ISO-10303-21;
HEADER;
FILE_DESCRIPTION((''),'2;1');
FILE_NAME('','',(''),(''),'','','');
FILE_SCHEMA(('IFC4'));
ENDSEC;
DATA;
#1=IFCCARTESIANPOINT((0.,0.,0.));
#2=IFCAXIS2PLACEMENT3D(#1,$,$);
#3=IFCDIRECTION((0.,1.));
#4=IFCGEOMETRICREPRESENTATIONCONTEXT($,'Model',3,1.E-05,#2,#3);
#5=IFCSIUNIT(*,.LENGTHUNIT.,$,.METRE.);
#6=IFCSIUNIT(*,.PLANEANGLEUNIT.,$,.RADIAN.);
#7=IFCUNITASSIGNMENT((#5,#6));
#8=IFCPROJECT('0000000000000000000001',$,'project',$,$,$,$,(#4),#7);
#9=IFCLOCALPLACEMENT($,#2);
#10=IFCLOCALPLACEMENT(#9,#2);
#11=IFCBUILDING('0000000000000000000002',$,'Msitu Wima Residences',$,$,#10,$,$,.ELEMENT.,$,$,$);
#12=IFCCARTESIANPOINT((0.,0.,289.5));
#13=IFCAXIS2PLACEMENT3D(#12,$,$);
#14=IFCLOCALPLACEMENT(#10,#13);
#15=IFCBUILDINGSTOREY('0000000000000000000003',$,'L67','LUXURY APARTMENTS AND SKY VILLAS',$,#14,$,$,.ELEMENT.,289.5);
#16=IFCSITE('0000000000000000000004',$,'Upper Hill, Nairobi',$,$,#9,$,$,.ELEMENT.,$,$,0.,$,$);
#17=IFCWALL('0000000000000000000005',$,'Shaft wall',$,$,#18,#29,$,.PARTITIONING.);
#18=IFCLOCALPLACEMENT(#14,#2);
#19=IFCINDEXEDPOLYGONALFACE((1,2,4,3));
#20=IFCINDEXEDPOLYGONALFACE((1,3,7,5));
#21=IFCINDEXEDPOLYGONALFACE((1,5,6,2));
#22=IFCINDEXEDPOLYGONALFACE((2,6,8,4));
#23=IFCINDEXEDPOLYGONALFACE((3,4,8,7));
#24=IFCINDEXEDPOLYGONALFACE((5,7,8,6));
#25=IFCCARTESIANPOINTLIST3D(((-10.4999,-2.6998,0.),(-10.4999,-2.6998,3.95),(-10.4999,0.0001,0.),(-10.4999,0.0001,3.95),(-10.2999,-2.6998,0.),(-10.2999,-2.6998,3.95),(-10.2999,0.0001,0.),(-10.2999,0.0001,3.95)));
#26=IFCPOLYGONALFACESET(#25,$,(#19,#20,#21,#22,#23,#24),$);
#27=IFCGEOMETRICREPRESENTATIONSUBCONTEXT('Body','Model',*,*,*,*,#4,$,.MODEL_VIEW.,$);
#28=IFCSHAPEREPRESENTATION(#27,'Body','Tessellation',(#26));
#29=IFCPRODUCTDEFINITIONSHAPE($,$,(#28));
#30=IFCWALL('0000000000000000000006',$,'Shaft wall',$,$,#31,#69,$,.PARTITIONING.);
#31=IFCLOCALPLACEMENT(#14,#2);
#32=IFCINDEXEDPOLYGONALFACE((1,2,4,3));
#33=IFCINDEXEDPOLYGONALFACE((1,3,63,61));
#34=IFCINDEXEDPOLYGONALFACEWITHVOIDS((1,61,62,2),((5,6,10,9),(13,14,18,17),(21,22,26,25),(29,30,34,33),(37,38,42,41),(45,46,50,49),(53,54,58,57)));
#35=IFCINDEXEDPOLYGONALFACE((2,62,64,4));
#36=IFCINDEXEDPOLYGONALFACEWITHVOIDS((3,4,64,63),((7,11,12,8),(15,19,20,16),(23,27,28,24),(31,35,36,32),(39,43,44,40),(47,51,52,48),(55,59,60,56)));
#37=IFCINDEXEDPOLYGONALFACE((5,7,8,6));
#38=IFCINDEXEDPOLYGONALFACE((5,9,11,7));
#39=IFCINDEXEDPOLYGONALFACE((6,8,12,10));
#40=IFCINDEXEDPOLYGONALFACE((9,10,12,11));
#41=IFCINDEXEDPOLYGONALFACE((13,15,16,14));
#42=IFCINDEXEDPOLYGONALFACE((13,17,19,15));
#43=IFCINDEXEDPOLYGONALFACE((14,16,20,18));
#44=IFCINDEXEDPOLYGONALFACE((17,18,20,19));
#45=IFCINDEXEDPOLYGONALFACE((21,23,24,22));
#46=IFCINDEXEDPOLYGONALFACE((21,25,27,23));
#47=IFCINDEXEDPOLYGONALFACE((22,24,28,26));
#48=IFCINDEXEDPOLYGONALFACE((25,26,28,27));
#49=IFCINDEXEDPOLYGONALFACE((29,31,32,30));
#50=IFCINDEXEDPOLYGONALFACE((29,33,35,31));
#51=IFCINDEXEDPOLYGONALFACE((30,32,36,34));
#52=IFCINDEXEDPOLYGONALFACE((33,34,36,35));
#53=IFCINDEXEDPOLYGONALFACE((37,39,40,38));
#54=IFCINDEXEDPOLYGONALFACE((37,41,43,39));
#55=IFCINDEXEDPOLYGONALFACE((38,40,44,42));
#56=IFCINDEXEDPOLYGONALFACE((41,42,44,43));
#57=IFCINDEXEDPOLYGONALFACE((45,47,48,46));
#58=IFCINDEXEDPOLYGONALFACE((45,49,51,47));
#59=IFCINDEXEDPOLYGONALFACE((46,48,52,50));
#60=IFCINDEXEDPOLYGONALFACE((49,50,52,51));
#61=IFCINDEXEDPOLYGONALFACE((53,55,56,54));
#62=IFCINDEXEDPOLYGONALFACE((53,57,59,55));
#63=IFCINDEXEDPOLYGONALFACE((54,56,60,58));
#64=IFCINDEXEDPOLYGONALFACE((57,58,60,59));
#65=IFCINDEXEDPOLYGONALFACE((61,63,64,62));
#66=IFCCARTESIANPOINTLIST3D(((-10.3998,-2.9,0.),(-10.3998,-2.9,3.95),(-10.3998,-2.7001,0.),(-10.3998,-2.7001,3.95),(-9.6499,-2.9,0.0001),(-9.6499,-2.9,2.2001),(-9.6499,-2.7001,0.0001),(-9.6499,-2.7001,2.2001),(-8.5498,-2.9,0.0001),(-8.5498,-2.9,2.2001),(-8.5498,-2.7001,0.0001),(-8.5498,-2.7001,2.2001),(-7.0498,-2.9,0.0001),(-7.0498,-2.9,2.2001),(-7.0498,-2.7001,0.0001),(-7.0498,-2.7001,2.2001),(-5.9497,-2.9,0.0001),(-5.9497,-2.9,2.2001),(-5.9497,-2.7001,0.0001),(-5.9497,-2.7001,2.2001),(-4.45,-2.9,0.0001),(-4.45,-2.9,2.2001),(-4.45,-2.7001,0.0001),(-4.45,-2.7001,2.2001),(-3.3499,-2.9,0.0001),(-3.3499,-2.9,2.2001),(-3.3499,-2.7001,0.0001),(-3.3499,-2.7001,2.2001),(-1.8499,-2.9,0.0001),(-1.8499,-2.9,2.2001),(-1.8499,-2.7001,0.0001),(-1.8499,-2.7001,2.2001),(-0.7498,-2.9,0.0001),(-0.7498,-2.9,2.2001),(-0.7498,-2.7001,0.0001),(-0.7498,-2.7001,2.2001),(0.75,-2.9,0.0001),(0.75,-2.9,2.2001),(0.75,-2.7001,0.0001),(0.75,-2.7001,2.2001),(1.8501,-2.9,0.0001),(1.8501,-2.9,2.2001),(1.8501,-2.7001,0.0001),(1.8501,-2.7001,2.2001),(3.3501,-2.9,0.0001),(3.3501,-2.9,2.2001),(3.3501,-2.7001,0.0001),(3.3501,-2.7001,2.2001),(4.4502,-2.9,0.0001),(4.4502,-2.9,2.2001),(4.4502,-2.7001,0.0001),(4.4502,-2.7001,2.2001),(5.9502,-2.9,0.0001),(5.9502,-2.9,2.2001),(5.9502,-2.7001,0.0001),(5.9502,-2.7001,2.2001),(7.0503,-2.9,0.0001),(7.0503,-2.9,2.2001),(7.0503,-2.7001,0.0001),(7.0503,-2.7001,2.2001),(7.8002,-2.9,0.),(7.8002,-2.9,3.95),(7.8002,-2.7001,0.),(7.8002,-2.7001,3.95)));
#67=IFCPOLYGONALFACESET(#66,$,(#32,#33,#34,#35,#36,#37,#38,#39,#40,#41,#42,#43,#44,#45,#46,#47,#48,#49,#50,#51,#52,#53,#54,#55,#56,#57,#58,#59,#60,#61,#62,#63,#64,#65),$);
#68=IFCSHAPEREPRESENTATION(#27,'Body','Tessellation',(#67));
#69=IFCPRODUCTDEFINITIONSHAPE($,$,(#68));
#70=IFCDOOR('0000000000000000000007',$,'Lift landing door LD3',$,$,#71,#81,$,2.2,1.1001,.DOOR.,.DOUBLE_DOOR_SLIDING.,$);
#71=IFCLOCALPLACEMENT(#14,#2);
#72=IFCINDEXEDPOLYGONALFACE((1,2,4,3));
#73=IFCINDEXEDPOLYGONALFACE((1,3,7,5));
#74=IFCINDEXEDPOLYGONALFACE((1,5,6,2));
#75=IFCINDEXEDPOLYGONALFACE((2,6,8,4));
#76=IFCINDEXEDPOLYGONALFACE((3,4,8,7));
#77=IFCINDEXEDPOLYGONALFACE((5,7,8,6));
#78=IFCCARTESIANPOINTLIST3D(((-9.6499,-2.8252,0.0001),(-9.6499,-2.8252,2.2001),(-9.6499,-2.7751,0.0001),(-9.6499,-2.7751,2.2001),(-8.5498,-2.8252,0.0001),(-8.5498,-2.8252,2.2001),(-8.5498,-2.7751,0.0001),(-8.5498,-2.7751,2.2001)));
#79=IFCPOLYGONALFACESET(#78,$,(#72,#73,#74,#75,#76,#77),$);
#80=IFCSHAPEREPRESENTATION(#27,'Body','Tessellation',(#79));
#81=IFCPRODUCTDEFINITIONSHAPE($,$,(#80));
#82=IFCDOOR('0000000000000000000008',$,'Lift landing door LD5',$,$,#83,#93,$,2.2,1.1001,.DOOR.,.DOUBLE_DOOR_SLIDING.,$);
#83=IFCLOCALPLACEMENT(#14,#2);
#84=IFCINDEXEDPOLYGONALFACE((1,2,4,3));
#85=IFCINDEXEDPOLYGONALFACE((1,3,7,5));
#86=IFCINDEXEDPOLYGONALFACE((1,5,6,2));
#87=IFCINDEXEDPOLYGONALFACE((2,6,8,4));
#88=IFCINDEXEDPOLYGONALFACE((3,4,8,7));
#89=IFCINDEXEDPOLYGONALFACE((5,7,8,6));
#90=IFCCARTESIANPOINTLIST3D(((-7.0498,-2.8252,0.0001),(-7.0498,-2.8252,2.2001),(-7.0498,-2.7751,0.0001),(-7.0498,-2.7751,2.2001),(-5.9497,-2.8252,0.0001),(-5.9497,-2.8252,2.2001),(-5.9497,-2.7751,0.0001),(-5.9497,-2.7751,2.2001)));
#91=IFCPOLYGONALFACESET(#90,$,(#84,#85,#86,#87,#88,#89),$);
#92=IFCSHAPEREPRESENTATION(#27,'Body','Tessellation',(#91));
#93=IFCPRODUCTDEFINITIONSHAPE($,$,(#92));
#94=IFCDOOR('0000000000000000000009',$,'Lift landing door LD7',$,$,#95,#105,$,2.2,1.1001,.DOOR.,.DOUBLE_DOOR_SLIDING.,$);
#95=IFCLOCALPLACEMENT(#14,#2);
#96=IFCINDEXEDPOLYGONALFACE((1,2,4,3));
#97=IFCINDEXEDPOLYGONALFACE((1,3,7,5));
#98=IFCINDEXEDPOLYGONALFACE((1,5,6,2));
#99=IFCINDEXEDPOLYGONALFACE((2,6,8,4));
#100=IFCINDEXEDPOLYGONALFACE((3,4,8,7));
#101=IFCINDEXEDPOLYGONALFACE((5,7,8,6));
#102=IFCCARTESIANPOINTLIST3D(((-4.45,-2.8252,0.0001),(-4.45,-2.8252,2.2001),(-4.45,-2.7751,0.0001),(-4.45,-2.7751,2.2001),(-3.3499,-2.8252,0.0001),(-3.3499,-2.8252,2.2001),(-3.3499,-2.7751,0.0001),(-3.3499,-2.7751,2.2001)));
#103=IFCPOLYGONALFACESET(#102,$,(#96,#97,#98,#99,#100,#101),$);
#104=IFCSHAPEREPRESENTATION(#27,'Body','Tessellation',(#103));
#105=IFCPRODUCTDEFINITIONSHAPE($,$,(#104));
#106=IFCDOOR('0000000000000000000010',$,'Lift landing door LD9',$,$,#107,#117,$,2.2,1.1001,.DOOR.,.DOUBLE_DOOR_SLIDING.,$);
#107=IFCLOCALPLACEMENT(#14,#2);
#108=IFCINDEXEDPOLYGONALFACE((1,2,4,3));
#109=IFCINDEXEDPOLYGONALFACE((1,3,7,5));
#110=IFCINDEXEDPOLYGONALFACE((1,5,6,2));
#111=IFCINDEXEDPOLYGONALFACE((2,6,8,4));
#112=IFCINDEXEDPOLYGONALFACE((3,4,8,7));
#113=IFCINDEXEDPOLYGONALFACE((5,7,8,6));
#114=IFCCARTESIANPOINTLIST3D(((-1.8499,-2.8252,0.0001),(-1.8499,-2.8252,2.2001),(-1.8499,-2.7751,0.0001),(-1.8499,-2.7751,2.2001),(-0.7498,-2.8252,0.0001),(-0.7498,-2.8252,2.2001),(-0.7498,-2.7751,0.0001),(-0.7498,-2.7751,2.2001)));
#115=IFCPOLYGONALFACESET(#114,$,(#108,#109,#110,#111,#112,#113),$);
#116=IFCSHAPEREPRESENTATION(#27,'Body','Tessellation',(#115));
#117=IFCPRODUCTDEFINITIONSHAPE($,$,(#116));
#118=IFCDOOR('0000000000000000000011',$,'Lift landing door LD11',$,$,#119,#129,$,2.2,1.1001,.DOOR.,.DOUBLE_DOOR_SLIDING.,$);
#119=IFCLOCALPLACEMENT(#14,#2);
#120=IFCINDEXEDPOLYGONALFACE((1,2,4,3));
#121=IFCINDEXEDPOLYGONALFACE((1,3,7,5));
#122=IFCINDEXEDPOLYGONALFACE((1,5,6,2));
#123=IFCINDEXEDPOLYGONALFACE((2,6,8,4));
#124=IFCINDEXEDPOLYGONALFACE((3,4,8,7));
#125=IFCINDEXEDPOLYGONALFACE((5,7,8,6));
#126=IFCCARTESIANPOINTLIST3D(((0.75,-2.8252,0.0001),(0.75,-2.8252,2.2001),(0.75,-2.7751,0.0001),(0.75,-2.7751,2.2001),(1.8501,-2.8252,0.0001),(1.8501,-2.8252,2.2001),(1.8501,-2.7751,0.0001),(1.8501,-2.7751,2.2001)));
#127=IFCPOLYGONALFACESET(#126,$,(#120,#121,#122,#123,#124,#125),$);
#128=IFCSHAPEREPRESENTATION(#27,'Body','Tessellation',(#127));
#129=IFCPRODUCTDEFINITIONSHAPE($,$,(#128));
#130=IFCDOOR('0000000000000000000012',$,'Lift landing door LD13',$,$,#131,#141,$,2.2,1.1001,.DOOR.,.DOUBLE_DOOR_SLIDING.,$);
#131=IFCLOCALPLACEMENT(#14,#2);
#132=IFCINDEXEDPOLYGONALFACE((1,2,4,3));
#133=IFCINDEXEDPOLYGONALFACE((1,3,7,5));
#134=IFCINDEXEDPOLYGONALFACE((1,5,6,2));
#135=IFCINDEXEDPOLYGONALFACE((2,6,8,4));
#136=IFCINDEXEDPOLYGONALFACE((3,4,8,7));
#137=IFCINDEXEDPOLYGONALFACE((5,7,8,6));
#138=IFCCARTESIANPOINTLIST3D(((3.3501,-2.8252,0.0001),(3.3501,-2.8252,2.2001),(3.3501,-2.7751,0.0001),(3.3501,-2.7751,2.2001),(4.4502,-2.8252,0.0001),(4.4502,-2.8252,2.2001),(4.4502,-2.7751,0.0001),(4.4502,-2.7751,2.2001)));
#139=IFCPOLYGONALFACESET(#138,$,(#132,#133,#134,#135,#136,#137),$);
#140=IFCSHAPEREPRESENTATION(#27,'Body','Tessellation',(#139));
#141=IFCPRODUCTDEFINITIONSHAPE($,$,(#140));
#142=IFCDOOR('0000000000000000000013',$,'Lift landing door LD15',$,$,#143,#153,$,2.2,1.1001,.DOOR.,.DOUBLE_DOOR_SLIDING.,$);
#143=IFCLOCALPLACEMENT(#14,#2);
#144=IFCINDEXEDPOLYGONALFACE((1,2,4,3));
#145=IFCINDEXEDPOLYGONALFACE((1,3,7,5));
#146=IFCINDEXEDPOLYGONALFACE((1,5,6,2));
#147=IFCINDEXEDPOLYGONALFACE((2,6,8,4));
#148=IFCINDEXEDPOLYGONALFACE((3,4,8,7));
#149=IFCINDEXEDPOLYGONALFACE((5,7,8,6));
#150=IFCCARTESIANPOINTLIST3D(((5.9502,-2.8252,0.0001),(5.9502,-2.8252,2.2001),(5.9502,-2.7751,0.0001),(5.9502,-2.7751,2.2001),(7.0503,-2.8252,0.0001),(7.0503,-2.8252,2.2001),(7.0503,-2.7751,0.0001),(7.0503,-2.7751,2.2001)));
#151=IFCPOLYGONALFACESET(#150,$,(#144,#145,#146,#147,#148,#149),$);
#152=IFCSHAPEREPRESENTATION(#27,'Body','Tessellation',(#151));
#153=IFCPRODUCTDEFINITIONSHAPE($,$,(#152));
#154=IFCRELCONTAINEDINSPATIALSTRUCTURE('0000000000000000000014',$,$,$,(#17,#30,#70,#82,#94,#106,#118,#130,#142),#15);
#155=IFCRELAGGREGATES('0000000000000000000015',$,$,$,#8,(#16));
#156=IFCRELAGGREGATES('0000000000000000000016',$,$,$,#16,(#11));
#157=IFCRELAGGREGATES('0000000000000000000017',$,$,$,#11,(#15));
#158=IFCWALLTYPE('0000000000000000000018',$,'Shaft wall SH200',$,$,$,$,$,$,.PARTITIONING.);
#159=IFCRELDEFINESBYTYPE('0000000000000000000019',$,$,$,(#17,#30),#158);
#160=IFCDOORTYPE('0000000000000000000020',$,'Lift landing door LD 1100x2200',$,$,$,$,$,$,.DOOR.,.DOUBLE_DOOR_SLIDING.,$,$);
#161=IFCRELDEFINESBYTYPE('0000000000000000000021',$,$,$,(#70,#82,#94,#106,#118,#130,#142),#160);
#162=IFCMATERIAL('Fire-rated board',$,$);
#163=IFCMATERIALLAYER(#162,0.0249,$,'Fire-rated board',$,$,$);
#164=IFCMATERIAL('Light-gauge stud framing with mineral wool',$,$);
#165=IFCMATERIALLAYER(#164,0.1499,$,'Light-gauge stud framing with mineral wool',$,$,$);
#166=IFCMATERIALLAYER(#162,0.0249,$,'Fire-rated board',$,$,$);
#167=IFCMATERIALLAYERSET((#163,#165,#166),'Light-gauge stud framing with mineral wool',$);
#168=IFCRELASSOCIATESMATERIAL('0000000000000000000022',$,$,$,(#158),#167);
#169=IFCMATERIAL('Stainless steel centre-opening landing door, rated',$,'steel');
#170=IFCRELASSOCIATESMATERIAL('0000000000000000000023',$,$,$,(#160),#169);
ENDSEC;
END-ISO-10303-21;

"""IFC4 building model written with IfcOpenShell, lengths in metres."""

from ifc_helpers import new_model, si_unit, direction, frame, frame_2d, origin, place, context, subcontext, project, spatial, rectangle, extrude, material, layer, layer_set, type_object, element, fill, save


model = new_model("IFC4")

# Units and contexts
model_context = context("Model", 3, precision=1e-05, world=origin(), true_north=direction((0.0, 1.0)))
body_context = subcontext(model_context, "Body", "Model", "MODEL_VIEW")
ifc_project = project(units=[si_unit("LENGTHUNIT", "METRE"), si_unit("PLANEANGLEUNIT", "RADIAN")], contexts=[model_context])

# Site, building, storey
site_placement = place(None, origin())
site = spatial("IfcSite", under=ifc_project, at=site_placement, Name="Upper Hill, Nairobi", CompositionType="ELEMENT", RefElevation=0.0)
building_placement = place(site_placement, origin())
building = spatial("IfcBuilding", under=site, at=building_placement, Name="Msitu Wima Residences", CompositionType="ELEMENT")
storey_placement = place(building_placement, frame((0.0, 0.0, 289.5)))
storey = spatial("IfcBuildingStorey", under=building, at=storey_placement, Name="L67", Description="LUXURY APARTMENTS AND SKY VILLAS", CompositionType="ELEMENT", Elevation=289.5)

# Wall
ifc_material_1 = material(Name="Fire-rated board")
ifc_layer_1 = layer(ifc_material_1, 0.0249, Name="Fire-rated board")
ifc_material_2 = material(Name="Light-gauge stud framing with mineral wool")
ifc_layer_2 = layer(ifc_material_2, 0.1499, Name="Light-gauge stud framing with mineral wool")
ifc_layer_3 = layer(ifc_material_1, 0.0249, Name="Fire-rated board")
ifc_layer_set = layer_set([ifc_layer_1, ifc_layer_2, ifc_layer_3], Name="Light-gauge stud framing with mineral wool")
wall_type = type_object("IfcWallType", Name="Shaft wall SH200", PredefinedType="PARTITIONING", material=ifc_layer_set)
wall_1_placement = place(storey_placement, frame((-10.3999, -2.7, 0.0), z_axis=(0.0, 0.0, 1.0), x_axis=(0.0, 1.0, 0.0)))
element("IfcWall", 1, at=wall_1_placement, inside=storey, type_object=wall_type, Name="Shaft wall", PredefinedType="PARTITIONING", context=body_context, shape_type="SweptSolid", body=[
    extrude(rectangle(XDim=2.7, YDim=0.2, at=frame_2d((1.3501, 0.0))), origin(), (0.0, 0.0, 1.0), 3.95),
])

# Wall, openings, doors
wall_2_placement = place(storey_placement, frame((-10.3999, -2.8, 0.0), z_axis=(0.0, 0.0, 1.0), x_axis=(1.0, 0.0, 0.0)))
wall_2 = element("IfcWall", 2, at=wall_2_placement, inside=storey, type_object=wall_type, Name="Shaft wall", PredefinedType="PARTITIONING", context=body_context, shape_type="SweptSolid", body=[
    extrude(rectangle(XDim=18.2, YDim=0.2, at=frame_2d((9.1001, 0.0))), origin(), (0.0, 0.0, 1.0), 3.95),
])
opening_1_placement = place(wall_2_placement, frame((0.75, 0.0, 0.0)))
opening_1 = element("IfcOpeningElement", 3, at=opening_1_placement, cuts=wall_2, PredefinedType="OPENING", context=body_context, shape_type="SweptSolid", body=[
    extrude(rectangle(XDim=1.1001, YDim=2.2, at=frame_2d((0.55, 1.1001))), frame((0.0, 0.1099, 0.0), z_axis=(0.0, -1.0, 0.0), x_axis=(1.0, 0.0, 0.0)), (0.0, 0.0, 1.0), 0.22),
])
opening_2_placement = place(wall_2_placement, frame((3.3501, 0.0, 0.0)))
opening_2 = element("IfcOpeningElement", 4, at=opening_2_placement, cuts=wall_2, PredefinedType="OPENING", context=body_context, shape_type="SweptSolid", body=[
    extrude(rectangle(XDim=1.1001, YDim=2.2, at=frame_2d((0.55, 1.1001))), frame((0.0, 0.1099, 0.0), z_axis=(0.0, -1.0, 0.0), x_axis=(1.0, 0.0, 0.0)), (0.0, 0.0, 1.0), 0.22),
])
opening_3_placement = place(wall_2_placement, frame((5.95, 0.0, 0.0)))
opening_3 = element("IfcOpeningElement", 5, at=opening_3_placement, cuts=wall_2, PredefinedType="OPENING", context=body_context, shape_type="SweptSolid", body=[
    extrude(rectangle(XDim=1.1001, YDim=2.2, at=frame_2d((0.55, 1.1001))), frame((0.0, 0.1099, 0.0), z_axis=(0.0, -1.0, 0.0), x_axis=(1.0, 0.0, 0.0)), (0.0, 0.0, 1.0), 0.22),
])
opening_4_placement = place(wall_2_placement, frame((8.55, 0.0, 0.0)))
opening_4 = element("IfcOpeningElement", 6, at=opening_4_placement, cuts=wall_2, PredefinedType="OPENING", context=body_context, shape_type="SweptSolid", body=[
    extrude(rectangle(XDim=1.1001, YDim=2.2, at=frame_2d((0.55, 1.1001))), frame((0.0, 0.1099, 0.0), z_axis=(0.0, -1.0, 0.0), x_axis=(1.0, 0.0, 0.0)), (0.0, 0.0, 1.0), 0.22),
])
opening_5_placement = place(wall_2_placement, frame((11.1499, 0.0, 0.0)))
opening_5 = element("IfcOpeningElement", 7, at=opening_5_placement, cuts=wall_2, PredefinedType="OPENING", context=body_context, shape_type="SweptSolid", body=[
    extrude(rectangle(XDim=1.1001, YDim=2.2, at=frame_2d((0.55, 1.1001))), frame((0.0, 0.1099, 0.0), z_axis=(0.0, -1.0, 0.0), x_axis=(1.0, 0.0, 0.0)), (0.0, 0.0, 1.0), 0.22),
])
opening_6_placement = place(wall_2_placement, frame((13.75, 0.0, 0.0)))
opening_6 = element("IfcOpeningElement", 8, at=opening_6_placement, cuts=wall_2, PredefinedType="OPENING", context=body_context, shape_type="SweptSolid", body=[
    extrude(rectangle(XDim=1.1001, YDim=2.2, at=frame_2d((0.55, 1.1001))), frame((0.0, 0.1099, 0.0), z_axis=(0.0, -1.0, 0.0), x_axis=(1.0, 0.0, 0.0)), (0.0, 0.0, 1.0), 0.22),
])
opening_7_placement = place(wall_2_placement, frame((16.3501, 0.0, 0.0)))
opening_7 = element("IfcOpeningElement", 9, at=opening_7_placement, cuts=wall_2, PredefinedType="OPENING", context=body_context, shape_type="SweptSolid", body=[
    extrude(rectangle(XDim=1.1001, YDim=2.2, at=frame_2d((0.55, 1.1001))), frame((0.0, 0.1099, 0.0), z_axis=(0.0, -1.0, 0.0), x_axis=(1.0, 0.0, 0.0)), (0.0, 0.0, 1.0), 0.22),
])
ifc_material_3 = material(Name="Stainless steel centre-opening landing door, rated", Category="steel")
door_type = type_object("IfcDoorType", Name="Lift landing door LD 1100x2200", OperationType="DOUBLE_DOOR_SLIDING", PredefinedType="DOOR", material=ifc_material_3)
door_1_placement = place(opening_1_placement, origin())
door_1 = element("IfcDoor", 10, at=door_1_placement, inside=storey, type_object=door_type, Name="Lift landing door LD3", OperationType="DOUBLE_DOOR_SLIDING", OverallHeight=2.2, OverallWidth=1.1001, PredefinedType="DOOR", context=body_context, shape_type="SweptSolid", body=[
    extrude(rectangle(XDim=1.1001, YDim=2.2, at=frame_2d((0.55, 1.1001))), frame((0.0, 0.0249, 0.0), z_axis=(0.0, -1.0, 0.0), x_axis=(1.0, 0.0, 0.0)), (0.0, 0.0, 1.0), 0.05),
])
fill(opening_1, door_1)
door_2_placement = place(opening_2_placement, origin())
door_2 = element("IfcDoor", 11, at=door_2_placement, inside=storey, type_object=door_type, Name="Lift landing door LD5", OperationType="DOUBLE_DOOR_SLIDING", OverallHeight=2.2, OverallWidth=1.1001, PredefinedType="DOOR", context=body_context, shape_type="SweptSolid", body=[
    extrude(rectangle(XDim=1.1001, YDim=2.2, at=frame_2d((0.55, 1.1001))), frame((0.0, 0.0249, 0.0), z_axis=(0.0, -1.0, 0.0), x_axis=(1.0, 0.0, 0.0)), (0.0, 0.0, 1.0), 0.05),
])
fill(opening_2, door_2)
door_3_placement = place(opening_3_placement, origin())
door_3 = element("IfcDoor", 12, at=door_3_placement, inside=storey, type_object=door_type, Name="Lift landing door LD7", OperationType="DOUBLE_DOOR_SLIDING", OverallHeight=2.2, OverallWidth=1.1001, PredefinedType="DOOR", context=body_context, shape_type="SweptSolid", body=[
    extrude(rectangle(XDim=1.1001, YDim=2.2, at=frame_2d((0.55, 1.1001))), frame((0.0, 0.0249, 0.0), z_axis=(0.0, -1.0, 0.0), x_axis=(1.0, 0.0, 0.0)), (0.0, 0.0, 1.0), 0.05),
])
fill(opening_3, door_3)
door_4_placement = place(opening_4_placement, origin())
door_4 = element("IfcDoor", 13, at=door_4_placement, inside=storey, type_object=door_type, Name="Lift landing door LD9", OperationType="DOUBLE_DOOR_SLIDING", OverallHeight=2.2, OverallWidth=1.1001, PredefinedType="DOOR", context=body_context, shape_type="SweptSolid", body=[
    extrude(rectangle(XDim=1.1001, YDim=2.2, at=frame_2d((0.55, 1.1001))), frame((0.0, 0.0249, 0.0), z_axis=(0.0, -1.0, 0.0), x_axis=(1.0, 0.0, 0.0)), (0.0, 0.0, 1.0), 0.05),
])
fill(opening_4, door_4)
door_5_placement = place(opening_5_placement, origin())
door_5 = element("IfcDoor", 14, at=door_5_placement, inside=storey, type_object=door_type, Name="Lift landing door LD11", OperationType="DOUBLE_DOOR_SLIDING", OverallHeight=2.2, OverallWidth=1.1001, PredefinedType="DOOR", context=body_context, shape_type="SweptSolid", body=[
    extrude(rectangle(XDim=1.1001, YDim=2.2, at=frame_2d((0.55, 1.1001))), frame((0.0, 0.0249, 0.0), z_axis=(0.0, -1.0, 0.0), x_axis=(1.0, 0.0, 0.0)), (0.0, 0.0, 1.0), 0.05),
])
fill(opening_5, door_5)
door_6_placement = place(opening_6_placement, origin())
door_6 = element("IfcDoor", 15, at=door_6_placement, inside=storey, type_object=door_type, Name="Lift landing door LD13", OperationType="DOUBLE_DOOR_SLIDING", OverallHeight=2.2, OverallWidth=1.1001, PredefinedType="DOOR", context=body_context, shape_type="SweptSolid", body=[
    extrude(rectangle(XDim=1.1001, YDim=2.2, at=frame_2d((0.55, 1.1001))), frame((0.0, 0.0249, 0.0), z_axis=(0.0, -1.0, 0.0), x_axis=(1.0, 0.0, 0.0)), (0.0, 0.0, 1.0), 0.05),
])
fill(opening_6, door_6)
door_7_placement = place(opening_7_placement, origin())
door_7 = element("IfcDoor", 16, at=door_7_placement, inside=storey, type_object=door_type, Name="Lift landing door LD15", OperationType="DOUBLE_DOOR_SLIDING", OverallHeight=2.2, OverallWidth=1.1001, PredefinedType="DOOR", context=body_context, shape_type="SweptSolid", body=[
    extrude(rectangle(XDim=1.1001, YDim=2.2, at=frame_2d((0.55, 1.1001))), frame((0.0, 0.0249, 0.0), z_axis=(0.0, -1.0, 0.0), x_axis=(1.0, 0.0, 0.0)), (0.0, 0.0, 1.0), 0.05),
])
fill(opening_7, door_7)

save(model, "model.ifc")
